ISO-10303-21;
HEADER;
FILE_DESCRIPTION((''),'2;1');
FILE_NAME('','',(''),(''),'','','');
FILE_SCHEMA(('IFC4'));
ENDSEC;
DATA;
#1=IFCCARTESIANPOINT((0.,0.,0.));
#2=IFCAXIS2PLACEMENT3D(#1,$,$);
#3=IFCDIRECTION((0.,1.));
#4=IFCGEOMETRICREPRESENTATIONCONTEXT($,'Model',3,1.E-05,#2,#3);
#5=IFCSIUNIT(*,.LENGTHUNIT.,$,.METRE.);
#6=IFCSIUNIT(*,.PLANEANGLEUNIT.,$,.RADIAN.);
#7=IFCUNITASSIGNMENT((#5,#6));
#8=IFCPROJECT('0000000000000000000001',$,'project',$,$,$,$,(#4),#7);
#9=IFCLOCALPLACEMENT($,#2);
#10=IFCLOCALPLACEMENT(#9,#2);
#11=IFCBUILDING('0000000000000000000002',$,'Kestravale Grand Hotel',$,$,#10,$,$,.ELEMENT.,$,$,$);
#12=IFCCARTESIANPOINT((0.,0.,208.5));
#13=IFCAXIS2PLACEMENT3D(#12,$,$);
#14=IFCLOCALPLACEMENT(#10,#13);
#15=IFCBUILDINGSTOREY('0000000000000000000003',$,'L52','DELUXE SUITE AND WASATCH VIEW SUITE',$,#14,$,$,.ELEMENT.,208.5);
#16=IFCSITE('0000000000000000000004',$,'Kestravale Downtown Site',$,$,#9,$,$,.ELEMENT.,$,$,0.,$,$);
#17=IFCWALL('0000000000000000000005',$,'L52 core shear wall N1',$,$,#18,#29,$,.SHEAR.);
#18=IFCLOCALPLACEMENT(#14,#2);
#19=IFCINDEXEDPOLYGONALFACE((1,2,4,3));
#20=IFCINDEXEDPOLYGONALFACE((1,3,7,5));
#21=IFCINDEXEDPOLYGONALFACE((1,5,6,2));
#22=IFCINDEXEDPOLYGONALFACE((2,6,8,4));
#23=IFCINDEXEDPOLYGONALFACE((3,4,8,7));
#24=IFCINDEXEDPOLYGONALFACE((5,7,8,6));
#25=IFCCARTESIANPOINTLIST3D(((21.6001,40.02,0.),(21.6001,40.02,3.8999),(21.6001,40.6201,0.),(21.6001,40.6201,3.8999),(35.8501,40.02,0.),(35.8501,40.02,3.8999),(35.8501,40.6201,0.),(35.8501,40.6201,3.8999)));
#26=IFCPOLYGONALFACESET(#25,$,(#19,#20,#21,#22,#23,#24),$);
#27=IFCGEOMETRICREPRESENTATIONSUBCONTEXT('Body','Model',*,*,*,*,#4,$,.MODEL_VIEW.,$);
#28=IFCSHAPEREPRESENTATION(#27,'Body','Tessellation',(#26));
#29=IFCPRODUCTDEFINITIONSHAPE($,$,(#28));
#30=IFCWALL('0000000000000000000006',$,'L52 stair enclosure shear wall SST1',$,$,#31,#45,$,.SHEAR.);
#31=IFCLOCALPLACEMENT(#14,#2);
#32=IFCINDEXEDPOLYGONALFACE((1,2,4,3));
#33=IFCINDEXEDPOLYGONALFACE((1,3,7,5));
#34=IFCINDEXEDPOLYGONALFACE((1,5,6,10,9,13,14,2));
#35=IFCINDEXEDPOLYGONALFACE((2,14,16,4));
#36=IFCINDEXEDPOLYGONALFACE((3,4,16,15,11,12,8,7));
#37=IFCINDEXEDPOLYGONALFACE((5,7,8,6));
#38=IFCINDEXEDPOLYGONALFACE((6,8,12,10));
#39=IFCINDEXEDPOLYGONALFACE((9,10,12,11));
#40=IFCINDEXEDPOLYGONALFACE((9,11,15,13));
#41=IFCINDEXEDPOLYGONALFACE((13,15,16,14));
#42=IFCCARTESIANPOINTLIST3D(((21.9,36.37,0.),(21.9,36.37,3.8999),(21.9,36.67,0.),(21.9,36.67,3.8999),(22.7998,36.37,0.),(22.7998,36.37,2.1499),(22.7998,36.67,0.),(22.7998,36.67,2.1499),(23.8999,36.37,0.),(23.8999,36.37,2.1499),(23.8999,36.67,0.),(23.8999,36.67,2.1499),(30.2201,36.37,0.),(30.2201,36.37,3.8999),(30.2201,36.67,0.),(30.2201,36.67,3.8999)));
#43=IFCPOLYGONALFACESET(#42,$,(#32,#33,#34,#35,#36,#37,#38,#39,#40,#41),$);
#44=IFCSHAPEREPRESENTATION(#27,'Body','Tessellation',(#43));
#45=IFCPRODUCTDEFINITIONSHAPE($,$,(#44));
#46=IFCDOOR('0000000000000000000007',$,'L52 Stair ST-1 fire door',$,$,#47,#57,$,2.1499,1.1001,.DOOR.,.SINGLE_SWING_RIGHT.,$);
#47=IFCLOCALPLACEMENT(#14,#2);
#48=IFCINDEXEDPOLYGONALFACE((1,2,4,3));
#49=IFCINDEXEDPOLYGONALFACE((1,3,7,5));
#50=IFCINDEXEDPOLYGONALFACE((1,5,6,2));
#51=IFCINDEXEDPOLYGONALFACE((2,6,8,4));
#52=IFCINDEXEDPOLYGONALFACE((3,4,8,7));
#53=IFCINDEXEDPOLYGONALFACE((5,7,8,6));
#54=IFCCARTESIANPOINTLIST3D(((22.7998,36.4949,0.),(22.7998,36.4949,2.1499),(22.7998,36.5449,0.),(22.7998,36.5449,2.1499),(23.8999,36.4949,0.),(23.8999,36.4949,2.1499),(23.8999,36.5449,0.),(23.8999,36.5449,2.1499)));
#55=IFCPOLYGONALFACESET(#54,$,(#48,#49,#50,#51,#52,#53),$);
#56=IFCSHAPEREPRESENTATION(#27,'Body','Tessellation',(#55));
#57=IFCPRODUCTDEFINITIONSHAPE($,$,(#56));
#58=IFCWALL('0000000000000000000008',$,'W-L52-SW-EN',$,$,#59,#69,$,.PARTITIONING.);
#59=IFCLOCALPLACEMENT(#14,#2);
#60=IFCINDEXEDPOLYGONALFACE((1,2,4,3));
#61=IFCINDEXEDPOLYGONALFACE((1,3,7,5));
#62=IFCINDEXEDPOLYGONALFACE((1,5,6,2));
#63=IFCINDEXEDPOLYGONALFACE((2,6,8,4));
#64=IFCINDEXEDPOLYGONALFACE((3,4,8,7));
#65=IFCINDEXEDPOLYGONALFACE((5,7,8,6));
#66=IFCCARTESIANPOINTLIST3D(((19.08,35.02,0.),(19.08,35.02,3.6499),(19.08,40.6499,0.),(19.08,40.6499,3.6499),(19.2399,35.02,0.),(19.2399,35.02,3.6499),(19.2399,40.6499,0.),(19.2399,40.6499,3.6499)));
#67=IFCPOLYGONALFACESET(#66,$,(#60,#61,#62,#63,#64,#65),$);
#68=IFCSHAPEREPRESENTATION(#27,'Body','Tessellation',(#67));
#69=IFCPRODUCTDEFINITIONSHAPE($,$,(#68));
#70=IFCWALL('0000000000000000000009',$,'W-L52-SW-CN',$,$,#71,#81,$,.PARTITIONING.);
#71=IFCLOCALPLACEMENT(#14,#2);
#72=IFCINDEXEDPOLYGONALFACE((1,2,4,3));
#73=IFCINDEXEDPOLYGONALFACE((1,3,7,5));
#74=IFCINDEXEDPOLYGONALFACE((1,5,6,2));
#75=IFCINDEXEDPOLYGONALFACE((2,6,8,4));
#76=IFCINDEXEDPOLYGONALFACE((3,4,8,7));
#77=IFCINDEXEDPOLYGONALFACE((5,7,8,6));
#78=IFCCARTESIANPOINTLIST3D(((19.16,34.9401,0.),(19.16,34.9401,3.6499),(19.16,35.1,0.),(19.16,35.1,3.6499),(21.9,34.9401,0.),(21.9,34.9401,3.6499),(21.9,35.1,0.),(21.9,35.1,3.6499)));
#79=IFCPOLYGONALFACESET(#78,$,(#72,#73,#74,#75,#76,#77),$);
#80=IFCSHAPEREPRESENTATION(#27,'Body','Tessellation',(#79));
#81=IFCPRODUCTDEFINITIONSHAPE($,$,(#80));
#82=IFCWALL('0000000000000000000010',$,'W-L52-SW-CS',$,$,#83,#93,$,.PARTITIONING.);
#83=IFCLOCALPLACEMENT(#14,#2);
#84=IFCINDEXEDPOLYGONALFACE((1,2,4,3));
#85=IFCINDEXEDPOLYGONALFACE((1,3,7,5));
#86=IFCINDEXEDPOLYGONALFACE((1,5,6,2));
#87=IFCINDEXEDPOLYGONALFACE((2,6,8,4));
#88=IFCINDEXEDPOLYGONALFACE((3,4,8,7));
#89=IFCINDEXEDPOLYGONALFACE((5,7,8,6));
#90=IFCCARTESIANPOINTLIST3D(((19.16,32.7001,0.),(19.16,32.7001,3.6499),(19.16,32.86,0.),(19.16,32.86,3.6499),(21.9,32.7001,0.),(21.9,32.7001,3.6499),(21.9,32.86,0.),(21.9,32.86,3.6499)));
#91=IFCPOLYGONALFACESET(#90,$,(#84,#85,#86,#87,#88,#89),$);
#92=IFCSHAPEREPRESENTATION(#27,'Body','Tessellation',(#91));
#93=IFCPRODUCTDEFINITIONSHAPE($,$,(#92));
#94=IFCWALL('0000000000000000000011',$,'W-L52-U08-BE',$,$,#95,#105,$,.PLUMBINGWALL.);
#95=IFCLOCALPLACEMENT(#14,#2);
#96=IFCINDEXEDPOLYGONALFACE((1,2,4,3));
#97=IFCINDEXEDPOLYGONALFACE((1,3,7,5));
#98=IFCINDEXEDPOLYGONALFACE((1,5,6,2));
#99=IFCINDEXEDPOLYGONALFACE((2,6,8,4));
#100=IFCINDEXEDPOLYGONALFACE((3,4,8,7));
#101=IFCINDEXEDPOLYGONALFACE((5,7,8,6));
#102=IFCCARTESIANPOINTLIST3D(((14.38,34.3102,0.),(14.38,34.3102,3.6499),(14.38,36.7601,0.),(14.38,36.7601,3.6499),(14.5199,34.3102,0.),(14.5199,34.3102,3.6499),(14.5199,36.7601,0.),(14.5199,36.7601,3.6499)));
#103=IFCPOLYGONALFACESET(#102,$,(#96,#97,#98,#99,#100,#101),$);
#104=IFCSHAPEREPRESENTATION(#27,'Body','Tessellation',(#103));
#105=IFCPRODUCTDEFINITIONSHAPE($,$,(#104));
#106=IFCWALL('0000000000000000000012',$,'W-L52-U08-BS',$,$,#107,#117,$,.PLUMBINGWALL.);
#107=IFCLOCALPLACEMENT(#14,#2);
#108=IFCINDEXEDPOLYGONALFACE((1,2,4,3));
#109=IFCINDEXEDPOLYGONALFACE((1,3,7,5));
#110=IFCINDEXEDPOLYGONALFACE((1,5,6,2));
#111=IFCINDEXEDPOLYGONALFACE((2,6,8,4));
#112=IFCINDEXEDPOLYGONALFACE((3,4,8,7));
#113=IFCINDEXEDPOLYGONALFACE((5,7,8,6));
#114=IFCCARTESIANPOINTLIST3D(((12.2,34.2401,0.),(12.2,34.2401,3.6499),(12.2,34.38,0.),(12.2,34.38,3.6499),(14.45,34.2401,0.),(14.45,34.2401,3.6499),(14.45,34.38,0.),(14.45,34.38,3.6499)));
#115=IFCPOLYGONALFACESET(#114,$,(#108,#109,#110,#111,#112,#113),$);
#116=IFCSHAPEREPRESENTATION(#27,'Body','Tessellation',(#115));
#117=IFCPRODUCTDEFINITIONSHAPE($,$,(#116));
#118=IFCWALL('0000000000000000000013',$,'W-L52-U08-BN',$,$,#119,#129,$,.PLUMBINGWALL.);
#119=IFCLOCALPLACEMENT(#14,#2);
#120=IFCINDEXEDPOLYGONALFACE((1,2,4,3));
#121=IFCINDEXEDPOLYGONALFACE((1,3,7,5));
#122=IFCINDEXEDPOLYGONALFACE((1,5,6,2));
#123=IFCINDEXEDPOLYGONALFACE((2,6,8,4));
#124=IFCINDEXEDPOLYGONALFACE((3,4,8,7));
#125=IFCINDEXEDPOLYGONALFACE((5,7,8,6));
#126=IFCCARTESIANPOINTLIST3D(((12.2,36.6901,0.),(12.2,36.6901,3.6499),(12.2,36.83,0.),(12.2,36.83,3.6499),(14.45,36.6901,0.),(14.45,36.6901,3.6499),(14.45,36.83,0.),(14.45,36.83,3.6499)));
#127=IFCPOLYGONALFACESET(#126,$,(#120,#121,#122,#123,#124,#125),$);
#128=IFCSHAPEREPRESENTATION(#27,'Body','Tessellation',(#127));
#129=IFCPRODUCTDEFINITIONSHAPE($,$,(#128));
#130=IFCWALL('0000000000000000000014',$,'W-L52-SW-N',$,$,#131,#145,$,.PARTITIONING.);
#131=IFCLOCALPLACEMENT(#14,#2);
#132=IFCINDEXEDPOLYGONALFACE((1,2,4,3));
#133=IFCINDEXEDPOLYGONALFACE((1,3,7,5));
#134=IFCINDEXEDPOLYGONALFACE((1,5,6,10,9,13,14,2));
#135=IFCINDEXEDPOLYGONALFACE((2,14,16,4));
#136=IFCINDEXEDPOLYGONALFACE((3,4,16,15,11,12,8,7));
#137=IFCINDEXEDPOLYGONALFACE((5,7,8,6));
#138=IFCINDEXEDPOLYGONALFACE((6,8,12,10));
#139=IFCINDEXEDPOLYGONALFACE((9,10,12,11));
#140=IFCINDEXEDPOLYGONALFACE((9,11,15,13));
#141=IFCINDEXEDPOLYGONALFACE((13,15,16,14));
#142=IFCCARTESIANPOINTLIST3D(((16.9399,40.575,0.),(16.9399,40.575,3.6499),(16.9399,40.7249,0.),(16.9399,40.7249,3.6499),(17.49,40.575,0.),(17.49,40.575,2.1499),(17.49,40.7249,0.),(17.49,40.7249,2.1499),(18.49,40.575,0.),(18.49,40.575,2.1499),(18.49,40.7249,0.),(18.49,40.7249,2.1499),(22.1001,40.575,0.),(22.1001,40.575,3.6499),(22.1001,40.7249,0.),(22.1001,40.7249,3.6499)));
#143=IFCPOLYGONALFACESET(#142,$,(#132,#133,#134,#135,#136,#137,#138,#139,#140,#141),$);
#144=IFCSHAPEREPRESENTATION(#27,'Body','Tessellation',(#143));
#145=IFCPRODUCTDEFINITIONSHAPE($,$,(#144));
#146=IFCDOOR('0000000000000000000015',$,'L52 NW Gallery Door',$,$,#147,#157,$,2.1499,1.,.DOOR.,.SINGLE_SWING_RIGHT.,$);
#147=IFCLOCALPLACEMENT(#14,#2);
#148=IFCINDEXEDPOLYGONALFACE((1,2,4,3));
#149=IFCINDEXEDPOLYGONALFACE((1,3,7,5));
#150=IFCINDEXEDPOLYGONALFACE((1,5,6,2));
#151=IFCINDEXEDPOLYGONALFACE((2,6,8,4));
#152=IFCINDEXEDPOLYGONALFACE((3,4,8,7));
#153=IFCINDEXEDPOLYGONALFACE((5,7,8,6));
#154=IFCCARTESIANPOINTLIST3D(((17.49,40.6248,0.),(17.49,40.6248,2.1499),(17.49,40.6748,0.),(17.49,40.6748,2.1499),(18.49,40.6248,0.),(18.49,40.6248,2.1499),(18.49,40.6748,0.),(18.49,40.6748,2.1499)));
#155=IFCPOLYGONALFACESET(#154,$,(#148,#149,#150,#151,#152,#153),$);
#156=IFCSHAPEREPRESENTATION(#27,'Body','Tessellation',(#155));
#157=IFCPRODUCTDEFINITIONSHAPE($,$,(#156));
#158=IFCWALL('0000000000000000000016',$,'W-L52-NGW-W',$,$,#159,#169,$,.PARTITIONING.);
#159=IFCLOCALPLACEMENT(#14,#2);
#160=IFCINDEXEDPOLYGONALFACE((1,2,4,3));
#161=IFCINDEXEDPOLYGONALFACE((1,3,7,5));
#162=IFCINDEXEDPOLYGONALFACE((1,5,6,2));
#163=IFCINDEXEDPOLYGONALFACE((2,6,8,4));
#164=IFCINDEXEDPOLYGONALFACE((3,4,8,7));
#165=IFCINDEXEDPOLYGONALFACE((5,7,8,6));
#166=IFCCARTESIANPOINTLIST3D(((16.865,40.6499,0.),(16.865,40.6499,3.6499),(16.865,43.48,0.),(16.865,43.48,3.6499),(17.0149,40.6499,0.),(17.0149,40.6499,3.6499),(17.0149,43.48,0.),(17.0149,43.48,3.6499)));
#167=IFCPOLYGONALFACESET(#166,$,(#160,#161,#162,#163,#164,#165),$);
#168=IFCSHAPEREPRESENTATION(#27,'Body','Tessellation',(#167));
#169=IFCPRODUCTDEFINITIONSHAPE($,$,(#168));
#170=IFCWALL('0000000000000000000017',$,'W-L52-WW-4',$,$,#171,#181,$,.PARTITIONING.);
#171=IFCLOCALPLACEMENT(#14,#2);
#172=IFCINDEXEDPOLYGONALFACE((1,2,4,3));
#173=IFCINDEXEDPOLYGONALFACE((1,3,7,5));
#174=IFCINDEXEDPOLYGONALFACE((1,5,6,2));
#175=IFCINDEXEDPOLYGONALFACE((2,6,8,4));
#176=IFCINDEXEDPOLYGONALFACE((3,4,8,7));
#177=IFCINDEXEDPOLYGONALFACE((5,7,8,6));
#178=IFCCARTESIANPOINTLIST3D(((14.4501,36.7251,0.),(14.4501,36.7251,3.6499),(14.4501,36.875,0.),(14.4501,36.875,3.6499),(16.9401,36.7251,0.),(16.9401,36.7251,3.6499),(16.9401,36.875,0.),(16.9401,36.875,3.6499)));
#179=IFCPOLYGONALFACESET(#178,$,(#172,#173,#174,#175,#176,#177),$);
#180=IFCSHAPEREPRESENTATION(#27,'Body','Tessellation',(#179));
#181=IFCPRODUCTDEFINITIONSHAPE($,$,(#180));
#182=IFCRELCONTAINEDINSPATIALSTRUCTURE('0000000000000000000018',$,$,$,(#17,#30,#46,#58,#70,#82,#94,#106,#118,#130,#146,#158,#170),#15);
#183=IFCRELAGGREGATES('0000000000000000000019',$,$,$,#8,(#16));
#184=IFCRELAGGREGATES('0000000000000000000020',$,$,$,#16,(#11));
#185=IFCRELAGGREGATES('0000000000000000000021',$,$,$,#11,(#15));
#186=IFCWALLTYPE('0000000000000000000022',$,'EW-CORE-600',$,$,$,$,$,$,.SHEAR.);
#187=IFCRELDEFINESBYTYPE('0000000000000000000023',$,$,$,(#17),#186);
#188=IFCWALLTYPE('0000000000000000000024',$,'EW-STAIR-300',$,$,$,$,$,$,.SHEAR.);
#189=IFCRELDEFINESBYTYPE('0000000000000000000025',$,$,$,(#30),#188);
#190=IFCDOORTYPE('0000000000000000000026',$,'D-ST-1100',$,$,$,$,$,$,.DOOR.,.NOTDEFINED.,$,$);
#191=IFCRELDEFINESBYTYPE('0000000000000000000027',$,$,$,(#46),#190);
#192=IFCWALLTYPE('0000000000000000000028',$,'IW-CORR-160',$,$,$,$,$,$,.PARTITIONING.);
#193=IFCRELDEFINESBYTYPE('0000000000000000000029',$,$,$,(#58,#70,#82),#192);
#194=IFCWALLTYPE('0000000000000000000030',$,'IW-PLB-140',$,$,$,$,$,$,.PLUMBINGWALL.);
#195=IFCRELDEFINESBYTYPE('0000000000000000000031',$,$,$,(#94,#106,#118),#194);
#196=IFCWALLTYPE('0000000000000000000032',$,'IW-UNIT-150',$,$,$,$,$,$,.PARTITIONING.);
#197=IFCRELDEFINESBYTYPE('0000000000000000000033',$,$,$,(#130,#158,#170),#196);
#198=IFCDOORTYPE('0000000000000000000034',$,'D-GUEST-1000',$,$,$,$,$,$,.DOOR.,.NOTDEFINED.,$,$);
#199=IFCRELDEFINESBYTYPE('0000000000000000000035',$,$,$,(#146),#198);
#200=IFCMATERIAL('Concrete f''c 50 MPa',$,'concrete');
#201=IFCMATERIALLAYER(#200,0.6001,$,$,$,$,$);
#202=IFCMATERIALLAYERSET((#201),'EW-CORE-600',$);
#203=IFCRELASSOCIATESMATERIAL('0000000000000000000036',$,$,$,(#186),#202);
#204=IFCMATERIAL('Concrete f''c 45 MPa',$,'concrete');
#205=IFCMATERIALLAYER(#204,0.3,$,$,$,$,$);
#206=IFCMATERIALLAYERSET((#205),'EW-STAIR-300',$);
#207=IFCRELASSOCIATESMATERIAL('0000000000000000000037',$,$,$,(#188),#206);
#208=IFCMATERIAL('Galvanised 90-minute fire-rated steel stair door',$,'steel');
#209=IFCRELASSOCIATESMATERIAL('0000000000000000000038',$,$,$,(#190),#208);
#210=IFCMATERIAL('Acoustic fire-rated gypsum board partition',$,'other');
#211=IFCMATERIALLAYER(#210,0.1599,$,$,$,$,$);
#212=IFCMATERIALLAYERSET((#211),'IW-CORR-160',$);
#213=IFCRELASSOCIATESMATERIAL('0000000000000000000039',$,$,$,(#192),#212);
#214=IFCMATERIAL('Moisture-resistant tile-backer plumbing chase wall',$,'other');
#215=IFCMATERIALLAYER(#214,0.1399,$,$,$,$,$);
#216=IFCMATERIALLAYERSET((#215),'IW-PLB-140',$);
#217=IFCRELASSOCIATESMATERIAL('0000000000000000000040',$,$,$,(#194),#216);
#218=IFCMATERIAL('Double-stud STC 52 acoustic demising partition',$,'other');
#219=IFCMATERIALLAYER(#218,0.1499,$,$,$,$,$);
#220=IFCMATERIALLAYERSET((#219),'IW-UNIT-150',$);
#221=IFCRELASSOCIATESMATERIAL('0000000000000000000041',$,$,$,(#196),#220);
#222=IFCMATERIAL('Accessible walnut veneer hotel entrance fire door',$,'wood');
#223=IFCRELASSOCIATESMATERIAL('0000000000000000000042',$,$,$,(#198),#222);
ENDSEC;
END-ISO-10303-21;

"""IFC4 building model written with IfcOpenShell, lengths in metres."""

from ifc_helpers import new_model, si_unit, direction, frame, frame_2d, origin, place, context, subcontext, project, spatial, rectangle, extrude, material, layer, layer_set, type_object, element, fill, save


model = new_model("IFC4")

# Units and contexts
model_context = context("Model", 3, precision=1e-05, world=origin(), true_north=direction((0.0, 1.0)))
body_context = subcontext(model_context, "Body", "Model", "MODEL_VIEW")
ifc_project = project(units=[si_unit("LENGTHUNIT", "METRE"), si_unit("PLANEANGLEUNIT", "RADIAN")], contexts=[model_context])

# Site, building, storey
site_placement = place(None, origin())
site = spatial("IfcSite", under=ifc_project, at=site_placement, Name="Kestravale Downtown Site", CompositionType="ELEMENT", RefElevation=0.0)
building_placement = place(site_placement, origin())
building = spatial("IfcBuilding", under=site, at=building_placement, Name="Kestravale Grand Hotel", CompositionType="ELEMENT")
storey_placement = place(building_placement, frame((0.0, 0.0, 208.5)))
storey = spatial("IfcBuildingStorey", under=building, at=storey_placement, Name="L52", Description="DELUXE SUITE AND WASATCH VIEW SUITE", CompositionType="ELEMENT", Elevation=208.5)

# Wall
ifc_material_1 = material(Name="Concrete f'c 50 MPa", Category="concrete")
ifc_layer_1 = layer(ifc_material_1, 0.6001)
ifc_layer_set_1 = layer_set([ifc_layer_1], Name="EW-CORE-600")
wall_type_1 = type_object("IfcWallType", Name="EW-CORE-600", PredefinedType="SHEAR", material=ifc_layer_set_1)
wall_1_placement = place(storey_placement, frame((21.6001, 40.3201, 0.0), z_axis=(0.0, 0.0, 1.0), x_axis=(1.0, 0.0, 0.0)))
element("IfcWall", 1, at=wall_1_placement, inside=storey, type_object=wall_type_1, Name="L52 core shear wall N1", PredefinedType="SHEAR", context=body_context, shape_type="SweptSolid", body=[
    extrude(rectangle(XDim=14.25, YDim=0.6001, at=frame_2d((7.125, 0.0))), origin(), (0.0, 0.0, 1.0), 3.8999),
])

# Wall, opening, door
ifc_material_2 = material(Name="Concrete f'c 45 MPa", Category="concrete")
ifc_layer_2 = layer(ifc_material_2, 0.3)
ifc_layer_set_2 = layer_set([ifc_layer_2], Name="EW-STAIR-300")
wall_type_2 = type_object("IfcWallType", Name="EW-STAIR-300", PredefinedType="SHEAR", material=ifc_layer_set_2)
wall_2_placement = place(storey_placement, frame((21.8999, 36.52, 0.0), z_axis=(0.0, 0.0, 1.0), x_axis=(1.0, 0.0, 0.0)))
wall_2 = element("IfcWall", 2, at=wall_2_placement, inside=storey, type_object=wall_type_2, Name="L52 stair enclosure shear wall SST1", PredefinedType="SHEAR", context=body_context, shape_type="SweptSolid", body=[
    extrude(rectangle(XDim=8.3201, YDim=0.3, at=frame_2d((4.1602, 0.0))), origin(), (0.0, 0.0, 1.0), 3.8999),
])
opening_1_placement = place(wall_2_placement, frame((0.8999, 0.0, 0.0)))
opening_1 = element("IfcOpeningElement", 3, at=opening_1_placement, cuts=wall_2, PredefinedType="OPENING", context=body_context, shape_type="SweptSolid", body=[
    extrude(rectangle(XDim=1.1001, YDim=2.1499, at=frame_2d((0.55, 1.075))), frame((0.0, 0.1599, 0.0), z_axis=(0.0, -1.0, 0.0), x_axis=(1.0, 0.0, 0.0)), (0.0, 0.0, 1.0), 0.3201),
])
ifc_material_3 = material(Name="Galvanised 90-minute fire-rated steel stair door", Category="steel")
door_type_1 = type_object("IfcDoorType", Name="D-ST-1100", OperationType="NOTDEFINED", PredefinedType="DOOR", material=ifc_material_3)
door_1_placement = place(opening_1_placement, origin())
door_1 = element("IfcDoor", 4, at=door_1_placement, inside=storey, type_object=door_type_1, Name="L52 Stair ST-1 fire door", OperationType="SINGLE_SWING_RIGHT", OverallHeight=2.1499, OverallWidth=1.1001, PredefinedType="DOOR", context=body_context, shape_type="SweptSolid", body=[
    extrude(rectangle(XDim=1.1001, YDim=2.1499, at=frame_2d((0.55, 1.075))), frame((0.0, 0.0249, 0.0), z_axis=(0.0, -1.0, 0.0), x_axis=(1.0, 0.0, 0.0)), (0.0, 0.0, 1.0), 0.05),
])
fill(opening_1, door_1)

# Walls
ifc_material_4 = material(Name="Acoustic fire-rated gypsum board partition", Category="other")
ifc_layer_3 = layer(ifc_material_4, 0.1599)
ifc_layer_set_3 = layer_set([ifc_layer_3], Name="IW-CORR-160")
wall_type_3 = type_object("IfcWallType", Name="IW-CORR-160", PredefinedType="PARTITIONING", material=ifc_layer_set_3)
wall_3_placement = place(storey_placement, frame((19.1599, 35.02, 0.0), z_axis=(0.0, 0.0, 1.0), x_axis=(0.0, 1.0, 0.0)))
element("IfcWall", 5, at=wall_3_placement, inside=storey, type_object=wall_type_3, Name="W-L52-SW-EN", PredefinedType="PARTITIONING", context=body_context, shape_type="SweptSolid", body=[
    extrude(rectangle(XDim=5.6299, YDim=0.1599, at=frame_2d((2.8149, 0.0))), origin(), (0.0, 0.0, 1.0), 3.6499),
])
for number, where, z_axis, x_axis, name in (
    (6, (19.1599, 35.02, 0.0), (0.0, 0.0, 1.0), (1.0, 0.0, 0.0), "W-L52-SW-CN"),
    (7, (19.1599, 32.78, 0.0), (0.0, 0.0, 1.0), (1.0, 0.0, 0.0), "W-L52-SW-CS"),
):
    element("IfcWall", number, at=place(storey_placement, frame(where, z_axis=z_axis, x_axis=x_axis)), inside=storey, type_object=wall_type_3, Name=name, PredefinedType="PARTITIONING", context=body_context, shape_type="SweptSolid", body=[
        extrude(rectangle(XDim=2.74, YDim=0.1599, at=frame_2d((1.3701, 0.0))), origin(), (0.0, 0.0, 1.0), 3.6499),
    ])
ifc_material_5 = material(Name="Moisture-resistant tile-backer plumbing chase wall", Category="other")
ifc_layer_4 = layer(ifc_material_5, 0.1399)
ifc_layer_set_4 = layer_set([ifc_layer_4], Name="IW-PLB-140")
wall_type_4 = type_object("IfcWallType", Name="IW-PLB-140", PredefinedType="PLUMBINGWALL", material=ifc_layer_set_4)
wall_4_placement = place(storey_placement, frame((14.45, 34.3101, 0.0), z_axis=(0.0, 0.0, 1.0), x_axis=(0.0, 1.0, 0.0)))
element("IfcWall", 8, at=wall_4_placement, inside=storey, type_object=wall_type_4, Name="W-L52-U08-BE", PredefinedType="PLUMBINGWALL", context=body_context, shape_type="SweptSolid", body=[
    extrude(rectangle(XDim=2.45, YDim=0.1399, at=frame_2d((1.2251, 0.0))), origin(), (0.0, 0.0, 1.0), 3.6499),
])
for number, where, z_axis, x_axis, name in (
    (9, (12.2, 34.3101, 0.0), (0.0, 0.0, 1.0), (1.0, 0.0, 0.0), "W-L52-U08-BS"),
    (10, (12.2, 36.76, 0.0), (0.0, 0.0, 1.0), (1.0, 0.0, 0.0), "W-L52-U08-BN"),
):
    element("IfcWall", number, at=place(storey_placement, frame(where, z_axis=z_axis, x_axis=x_axis)), inside=storey, type_object=wall_type_4, Name=name, PredefinedType="PLUMBINGWALL", context=body_context, shape_type="SweptSolid", body=[
        extrude(rectangle(XDim=2.25, YDim=0.1399, at=frame_2d((1.125, 0.0))), origin(), (0.0, 0.0, 1.0), 3.6499),
    ])

# Wall, opening, door
ifc_material_6 = material(Name="Double-stud STC 52 acoustic demising partition", Category="other")
ifc_layer_5 = layer(ifc_material_6, 0.1499)
ifc_layer_set_5 = layer_set([ifc_layer_5], Name="IW-UNIT-150")
wall_type_5 = type_object("IfcWallType", Name="IW-UNIT-150", PredefinedType="PARTITIONING", material=ifc_layer_set_5)
wall_5_placement = place(storey_placement, frame((16.9399, 40.6499, 0.0), z_axis=(0.0, 0.0, 1.0), x_axis=(1.0, 0.0, 0.0)))
wall_5 = element("IfcWall", 11, at=wall_5_placement, inside=storey, type_object=wall_type_5, Name="W-L52-SW-N", PredefinedType="PARTITIONING", context=body_context, shape_type="SweptSolid", body=[
    extrude(rectangle(XDim=5.1602, YDim=0.1499, at=frame_2d((2.5801, 0.0))), origin(), (0.0, 0.0, 1.0), 3.6499),
])
opening_2_placement = place(wall_5_placement, frame((0.55, 0.0, 0.0)))
opening_2 = element("IfcOpeningElement", 12, at=opening_2_placement, cuts=wall_5, PredefinedType="OPENING", context=body_context, shape_type="SweptSolid", body=[
    extrude(rectangle(XDim=1.0, YDim=2.1499, at=frame_2d((0.5, 1.075))), frame((0.0, 0.085, 0.0), z_axis=(0.0, -1.0, 0.0), x_axis=(1.0, 0.0, 0.0)), (0.0, 0.0, 1.0), 0.1699),
])
ifc_material_7 = material(Name="Accessible walnut veneer hotel entrance fire door", Category="wood")
door_type_2 = type_object("IfcDoorType", Name="D-GUEST-1000", OperationType="NOTDEFINED", PredefinedType="DOOR", material=ifc_material_7)
door_2_placement = place(opening_2_placement, origin())
door_2 = element("IfcDoor", 13, at=door_2_placement, inside=storey, type_object=door_type_2, Name="L52 NW Gallery Door", OperationType="SINGLE_SWING_RIGHT", OverallHeight=2.1499, OverallWidth=1.0, PredefinedType="DOOR", context=body_context, shape_type="SweptSolid", body=[
    extrude(rectangle(XDim=1.0, YDim=2.1499, at=frame_2d((0.5, 1.075))), frame((0.0, 0.0249, 0.0), z_axis=(0.0, -1.0, 0.0), x_axis=(1.0, 0.0, 0.0)), (0.0, 0.0, 1.0), 0.05),
])
fill(opening_2, door_2)

# Walls
wall_6_placement = place(storey_placement, frame((16.9399, 40.6499, 0.0), z_axis=(0.0, 0.0, 1.0), x_axis=(0.0, 1.0, 0.0)))
element("IfcWall", 14, at=wall_6_placement, inside=storey, type_object=wall_type_5, Name="W-L52-NGW-W", PredefinedType="PARTITIONING", context=body_context, shape_type="SweptSolid", body=[
    extrude(rectangle(XDim=2.8301, YDim=0.1499, at=frame_2d((1.415, 0.0))), origin(), (0.0, 0.0, 1.0), 3.6499),
])
wall_7_placement = place(storey_placement, frame((14.45, 36.8, 0.0), z_axis=(0.0, 0.0, 1.0), x_axis=(1.0, 0.0, 0.0)))
element("IfcWall", 15, at=wall_7_placement, inside=storey, type_object=wall_type_5, Name="W-L52-WW-4", PredefinedType="PARTITIONING", context=body_context, shape_type="SweptSolid", body=[
    extrude(rectangle(XDim=2.49, YDim=0.1499, at=frame_2d((1.2451, 0.0))), origin(), (0.0, 0.0, 1.0), 3.6499),
])

save(model, "model.ifc")
